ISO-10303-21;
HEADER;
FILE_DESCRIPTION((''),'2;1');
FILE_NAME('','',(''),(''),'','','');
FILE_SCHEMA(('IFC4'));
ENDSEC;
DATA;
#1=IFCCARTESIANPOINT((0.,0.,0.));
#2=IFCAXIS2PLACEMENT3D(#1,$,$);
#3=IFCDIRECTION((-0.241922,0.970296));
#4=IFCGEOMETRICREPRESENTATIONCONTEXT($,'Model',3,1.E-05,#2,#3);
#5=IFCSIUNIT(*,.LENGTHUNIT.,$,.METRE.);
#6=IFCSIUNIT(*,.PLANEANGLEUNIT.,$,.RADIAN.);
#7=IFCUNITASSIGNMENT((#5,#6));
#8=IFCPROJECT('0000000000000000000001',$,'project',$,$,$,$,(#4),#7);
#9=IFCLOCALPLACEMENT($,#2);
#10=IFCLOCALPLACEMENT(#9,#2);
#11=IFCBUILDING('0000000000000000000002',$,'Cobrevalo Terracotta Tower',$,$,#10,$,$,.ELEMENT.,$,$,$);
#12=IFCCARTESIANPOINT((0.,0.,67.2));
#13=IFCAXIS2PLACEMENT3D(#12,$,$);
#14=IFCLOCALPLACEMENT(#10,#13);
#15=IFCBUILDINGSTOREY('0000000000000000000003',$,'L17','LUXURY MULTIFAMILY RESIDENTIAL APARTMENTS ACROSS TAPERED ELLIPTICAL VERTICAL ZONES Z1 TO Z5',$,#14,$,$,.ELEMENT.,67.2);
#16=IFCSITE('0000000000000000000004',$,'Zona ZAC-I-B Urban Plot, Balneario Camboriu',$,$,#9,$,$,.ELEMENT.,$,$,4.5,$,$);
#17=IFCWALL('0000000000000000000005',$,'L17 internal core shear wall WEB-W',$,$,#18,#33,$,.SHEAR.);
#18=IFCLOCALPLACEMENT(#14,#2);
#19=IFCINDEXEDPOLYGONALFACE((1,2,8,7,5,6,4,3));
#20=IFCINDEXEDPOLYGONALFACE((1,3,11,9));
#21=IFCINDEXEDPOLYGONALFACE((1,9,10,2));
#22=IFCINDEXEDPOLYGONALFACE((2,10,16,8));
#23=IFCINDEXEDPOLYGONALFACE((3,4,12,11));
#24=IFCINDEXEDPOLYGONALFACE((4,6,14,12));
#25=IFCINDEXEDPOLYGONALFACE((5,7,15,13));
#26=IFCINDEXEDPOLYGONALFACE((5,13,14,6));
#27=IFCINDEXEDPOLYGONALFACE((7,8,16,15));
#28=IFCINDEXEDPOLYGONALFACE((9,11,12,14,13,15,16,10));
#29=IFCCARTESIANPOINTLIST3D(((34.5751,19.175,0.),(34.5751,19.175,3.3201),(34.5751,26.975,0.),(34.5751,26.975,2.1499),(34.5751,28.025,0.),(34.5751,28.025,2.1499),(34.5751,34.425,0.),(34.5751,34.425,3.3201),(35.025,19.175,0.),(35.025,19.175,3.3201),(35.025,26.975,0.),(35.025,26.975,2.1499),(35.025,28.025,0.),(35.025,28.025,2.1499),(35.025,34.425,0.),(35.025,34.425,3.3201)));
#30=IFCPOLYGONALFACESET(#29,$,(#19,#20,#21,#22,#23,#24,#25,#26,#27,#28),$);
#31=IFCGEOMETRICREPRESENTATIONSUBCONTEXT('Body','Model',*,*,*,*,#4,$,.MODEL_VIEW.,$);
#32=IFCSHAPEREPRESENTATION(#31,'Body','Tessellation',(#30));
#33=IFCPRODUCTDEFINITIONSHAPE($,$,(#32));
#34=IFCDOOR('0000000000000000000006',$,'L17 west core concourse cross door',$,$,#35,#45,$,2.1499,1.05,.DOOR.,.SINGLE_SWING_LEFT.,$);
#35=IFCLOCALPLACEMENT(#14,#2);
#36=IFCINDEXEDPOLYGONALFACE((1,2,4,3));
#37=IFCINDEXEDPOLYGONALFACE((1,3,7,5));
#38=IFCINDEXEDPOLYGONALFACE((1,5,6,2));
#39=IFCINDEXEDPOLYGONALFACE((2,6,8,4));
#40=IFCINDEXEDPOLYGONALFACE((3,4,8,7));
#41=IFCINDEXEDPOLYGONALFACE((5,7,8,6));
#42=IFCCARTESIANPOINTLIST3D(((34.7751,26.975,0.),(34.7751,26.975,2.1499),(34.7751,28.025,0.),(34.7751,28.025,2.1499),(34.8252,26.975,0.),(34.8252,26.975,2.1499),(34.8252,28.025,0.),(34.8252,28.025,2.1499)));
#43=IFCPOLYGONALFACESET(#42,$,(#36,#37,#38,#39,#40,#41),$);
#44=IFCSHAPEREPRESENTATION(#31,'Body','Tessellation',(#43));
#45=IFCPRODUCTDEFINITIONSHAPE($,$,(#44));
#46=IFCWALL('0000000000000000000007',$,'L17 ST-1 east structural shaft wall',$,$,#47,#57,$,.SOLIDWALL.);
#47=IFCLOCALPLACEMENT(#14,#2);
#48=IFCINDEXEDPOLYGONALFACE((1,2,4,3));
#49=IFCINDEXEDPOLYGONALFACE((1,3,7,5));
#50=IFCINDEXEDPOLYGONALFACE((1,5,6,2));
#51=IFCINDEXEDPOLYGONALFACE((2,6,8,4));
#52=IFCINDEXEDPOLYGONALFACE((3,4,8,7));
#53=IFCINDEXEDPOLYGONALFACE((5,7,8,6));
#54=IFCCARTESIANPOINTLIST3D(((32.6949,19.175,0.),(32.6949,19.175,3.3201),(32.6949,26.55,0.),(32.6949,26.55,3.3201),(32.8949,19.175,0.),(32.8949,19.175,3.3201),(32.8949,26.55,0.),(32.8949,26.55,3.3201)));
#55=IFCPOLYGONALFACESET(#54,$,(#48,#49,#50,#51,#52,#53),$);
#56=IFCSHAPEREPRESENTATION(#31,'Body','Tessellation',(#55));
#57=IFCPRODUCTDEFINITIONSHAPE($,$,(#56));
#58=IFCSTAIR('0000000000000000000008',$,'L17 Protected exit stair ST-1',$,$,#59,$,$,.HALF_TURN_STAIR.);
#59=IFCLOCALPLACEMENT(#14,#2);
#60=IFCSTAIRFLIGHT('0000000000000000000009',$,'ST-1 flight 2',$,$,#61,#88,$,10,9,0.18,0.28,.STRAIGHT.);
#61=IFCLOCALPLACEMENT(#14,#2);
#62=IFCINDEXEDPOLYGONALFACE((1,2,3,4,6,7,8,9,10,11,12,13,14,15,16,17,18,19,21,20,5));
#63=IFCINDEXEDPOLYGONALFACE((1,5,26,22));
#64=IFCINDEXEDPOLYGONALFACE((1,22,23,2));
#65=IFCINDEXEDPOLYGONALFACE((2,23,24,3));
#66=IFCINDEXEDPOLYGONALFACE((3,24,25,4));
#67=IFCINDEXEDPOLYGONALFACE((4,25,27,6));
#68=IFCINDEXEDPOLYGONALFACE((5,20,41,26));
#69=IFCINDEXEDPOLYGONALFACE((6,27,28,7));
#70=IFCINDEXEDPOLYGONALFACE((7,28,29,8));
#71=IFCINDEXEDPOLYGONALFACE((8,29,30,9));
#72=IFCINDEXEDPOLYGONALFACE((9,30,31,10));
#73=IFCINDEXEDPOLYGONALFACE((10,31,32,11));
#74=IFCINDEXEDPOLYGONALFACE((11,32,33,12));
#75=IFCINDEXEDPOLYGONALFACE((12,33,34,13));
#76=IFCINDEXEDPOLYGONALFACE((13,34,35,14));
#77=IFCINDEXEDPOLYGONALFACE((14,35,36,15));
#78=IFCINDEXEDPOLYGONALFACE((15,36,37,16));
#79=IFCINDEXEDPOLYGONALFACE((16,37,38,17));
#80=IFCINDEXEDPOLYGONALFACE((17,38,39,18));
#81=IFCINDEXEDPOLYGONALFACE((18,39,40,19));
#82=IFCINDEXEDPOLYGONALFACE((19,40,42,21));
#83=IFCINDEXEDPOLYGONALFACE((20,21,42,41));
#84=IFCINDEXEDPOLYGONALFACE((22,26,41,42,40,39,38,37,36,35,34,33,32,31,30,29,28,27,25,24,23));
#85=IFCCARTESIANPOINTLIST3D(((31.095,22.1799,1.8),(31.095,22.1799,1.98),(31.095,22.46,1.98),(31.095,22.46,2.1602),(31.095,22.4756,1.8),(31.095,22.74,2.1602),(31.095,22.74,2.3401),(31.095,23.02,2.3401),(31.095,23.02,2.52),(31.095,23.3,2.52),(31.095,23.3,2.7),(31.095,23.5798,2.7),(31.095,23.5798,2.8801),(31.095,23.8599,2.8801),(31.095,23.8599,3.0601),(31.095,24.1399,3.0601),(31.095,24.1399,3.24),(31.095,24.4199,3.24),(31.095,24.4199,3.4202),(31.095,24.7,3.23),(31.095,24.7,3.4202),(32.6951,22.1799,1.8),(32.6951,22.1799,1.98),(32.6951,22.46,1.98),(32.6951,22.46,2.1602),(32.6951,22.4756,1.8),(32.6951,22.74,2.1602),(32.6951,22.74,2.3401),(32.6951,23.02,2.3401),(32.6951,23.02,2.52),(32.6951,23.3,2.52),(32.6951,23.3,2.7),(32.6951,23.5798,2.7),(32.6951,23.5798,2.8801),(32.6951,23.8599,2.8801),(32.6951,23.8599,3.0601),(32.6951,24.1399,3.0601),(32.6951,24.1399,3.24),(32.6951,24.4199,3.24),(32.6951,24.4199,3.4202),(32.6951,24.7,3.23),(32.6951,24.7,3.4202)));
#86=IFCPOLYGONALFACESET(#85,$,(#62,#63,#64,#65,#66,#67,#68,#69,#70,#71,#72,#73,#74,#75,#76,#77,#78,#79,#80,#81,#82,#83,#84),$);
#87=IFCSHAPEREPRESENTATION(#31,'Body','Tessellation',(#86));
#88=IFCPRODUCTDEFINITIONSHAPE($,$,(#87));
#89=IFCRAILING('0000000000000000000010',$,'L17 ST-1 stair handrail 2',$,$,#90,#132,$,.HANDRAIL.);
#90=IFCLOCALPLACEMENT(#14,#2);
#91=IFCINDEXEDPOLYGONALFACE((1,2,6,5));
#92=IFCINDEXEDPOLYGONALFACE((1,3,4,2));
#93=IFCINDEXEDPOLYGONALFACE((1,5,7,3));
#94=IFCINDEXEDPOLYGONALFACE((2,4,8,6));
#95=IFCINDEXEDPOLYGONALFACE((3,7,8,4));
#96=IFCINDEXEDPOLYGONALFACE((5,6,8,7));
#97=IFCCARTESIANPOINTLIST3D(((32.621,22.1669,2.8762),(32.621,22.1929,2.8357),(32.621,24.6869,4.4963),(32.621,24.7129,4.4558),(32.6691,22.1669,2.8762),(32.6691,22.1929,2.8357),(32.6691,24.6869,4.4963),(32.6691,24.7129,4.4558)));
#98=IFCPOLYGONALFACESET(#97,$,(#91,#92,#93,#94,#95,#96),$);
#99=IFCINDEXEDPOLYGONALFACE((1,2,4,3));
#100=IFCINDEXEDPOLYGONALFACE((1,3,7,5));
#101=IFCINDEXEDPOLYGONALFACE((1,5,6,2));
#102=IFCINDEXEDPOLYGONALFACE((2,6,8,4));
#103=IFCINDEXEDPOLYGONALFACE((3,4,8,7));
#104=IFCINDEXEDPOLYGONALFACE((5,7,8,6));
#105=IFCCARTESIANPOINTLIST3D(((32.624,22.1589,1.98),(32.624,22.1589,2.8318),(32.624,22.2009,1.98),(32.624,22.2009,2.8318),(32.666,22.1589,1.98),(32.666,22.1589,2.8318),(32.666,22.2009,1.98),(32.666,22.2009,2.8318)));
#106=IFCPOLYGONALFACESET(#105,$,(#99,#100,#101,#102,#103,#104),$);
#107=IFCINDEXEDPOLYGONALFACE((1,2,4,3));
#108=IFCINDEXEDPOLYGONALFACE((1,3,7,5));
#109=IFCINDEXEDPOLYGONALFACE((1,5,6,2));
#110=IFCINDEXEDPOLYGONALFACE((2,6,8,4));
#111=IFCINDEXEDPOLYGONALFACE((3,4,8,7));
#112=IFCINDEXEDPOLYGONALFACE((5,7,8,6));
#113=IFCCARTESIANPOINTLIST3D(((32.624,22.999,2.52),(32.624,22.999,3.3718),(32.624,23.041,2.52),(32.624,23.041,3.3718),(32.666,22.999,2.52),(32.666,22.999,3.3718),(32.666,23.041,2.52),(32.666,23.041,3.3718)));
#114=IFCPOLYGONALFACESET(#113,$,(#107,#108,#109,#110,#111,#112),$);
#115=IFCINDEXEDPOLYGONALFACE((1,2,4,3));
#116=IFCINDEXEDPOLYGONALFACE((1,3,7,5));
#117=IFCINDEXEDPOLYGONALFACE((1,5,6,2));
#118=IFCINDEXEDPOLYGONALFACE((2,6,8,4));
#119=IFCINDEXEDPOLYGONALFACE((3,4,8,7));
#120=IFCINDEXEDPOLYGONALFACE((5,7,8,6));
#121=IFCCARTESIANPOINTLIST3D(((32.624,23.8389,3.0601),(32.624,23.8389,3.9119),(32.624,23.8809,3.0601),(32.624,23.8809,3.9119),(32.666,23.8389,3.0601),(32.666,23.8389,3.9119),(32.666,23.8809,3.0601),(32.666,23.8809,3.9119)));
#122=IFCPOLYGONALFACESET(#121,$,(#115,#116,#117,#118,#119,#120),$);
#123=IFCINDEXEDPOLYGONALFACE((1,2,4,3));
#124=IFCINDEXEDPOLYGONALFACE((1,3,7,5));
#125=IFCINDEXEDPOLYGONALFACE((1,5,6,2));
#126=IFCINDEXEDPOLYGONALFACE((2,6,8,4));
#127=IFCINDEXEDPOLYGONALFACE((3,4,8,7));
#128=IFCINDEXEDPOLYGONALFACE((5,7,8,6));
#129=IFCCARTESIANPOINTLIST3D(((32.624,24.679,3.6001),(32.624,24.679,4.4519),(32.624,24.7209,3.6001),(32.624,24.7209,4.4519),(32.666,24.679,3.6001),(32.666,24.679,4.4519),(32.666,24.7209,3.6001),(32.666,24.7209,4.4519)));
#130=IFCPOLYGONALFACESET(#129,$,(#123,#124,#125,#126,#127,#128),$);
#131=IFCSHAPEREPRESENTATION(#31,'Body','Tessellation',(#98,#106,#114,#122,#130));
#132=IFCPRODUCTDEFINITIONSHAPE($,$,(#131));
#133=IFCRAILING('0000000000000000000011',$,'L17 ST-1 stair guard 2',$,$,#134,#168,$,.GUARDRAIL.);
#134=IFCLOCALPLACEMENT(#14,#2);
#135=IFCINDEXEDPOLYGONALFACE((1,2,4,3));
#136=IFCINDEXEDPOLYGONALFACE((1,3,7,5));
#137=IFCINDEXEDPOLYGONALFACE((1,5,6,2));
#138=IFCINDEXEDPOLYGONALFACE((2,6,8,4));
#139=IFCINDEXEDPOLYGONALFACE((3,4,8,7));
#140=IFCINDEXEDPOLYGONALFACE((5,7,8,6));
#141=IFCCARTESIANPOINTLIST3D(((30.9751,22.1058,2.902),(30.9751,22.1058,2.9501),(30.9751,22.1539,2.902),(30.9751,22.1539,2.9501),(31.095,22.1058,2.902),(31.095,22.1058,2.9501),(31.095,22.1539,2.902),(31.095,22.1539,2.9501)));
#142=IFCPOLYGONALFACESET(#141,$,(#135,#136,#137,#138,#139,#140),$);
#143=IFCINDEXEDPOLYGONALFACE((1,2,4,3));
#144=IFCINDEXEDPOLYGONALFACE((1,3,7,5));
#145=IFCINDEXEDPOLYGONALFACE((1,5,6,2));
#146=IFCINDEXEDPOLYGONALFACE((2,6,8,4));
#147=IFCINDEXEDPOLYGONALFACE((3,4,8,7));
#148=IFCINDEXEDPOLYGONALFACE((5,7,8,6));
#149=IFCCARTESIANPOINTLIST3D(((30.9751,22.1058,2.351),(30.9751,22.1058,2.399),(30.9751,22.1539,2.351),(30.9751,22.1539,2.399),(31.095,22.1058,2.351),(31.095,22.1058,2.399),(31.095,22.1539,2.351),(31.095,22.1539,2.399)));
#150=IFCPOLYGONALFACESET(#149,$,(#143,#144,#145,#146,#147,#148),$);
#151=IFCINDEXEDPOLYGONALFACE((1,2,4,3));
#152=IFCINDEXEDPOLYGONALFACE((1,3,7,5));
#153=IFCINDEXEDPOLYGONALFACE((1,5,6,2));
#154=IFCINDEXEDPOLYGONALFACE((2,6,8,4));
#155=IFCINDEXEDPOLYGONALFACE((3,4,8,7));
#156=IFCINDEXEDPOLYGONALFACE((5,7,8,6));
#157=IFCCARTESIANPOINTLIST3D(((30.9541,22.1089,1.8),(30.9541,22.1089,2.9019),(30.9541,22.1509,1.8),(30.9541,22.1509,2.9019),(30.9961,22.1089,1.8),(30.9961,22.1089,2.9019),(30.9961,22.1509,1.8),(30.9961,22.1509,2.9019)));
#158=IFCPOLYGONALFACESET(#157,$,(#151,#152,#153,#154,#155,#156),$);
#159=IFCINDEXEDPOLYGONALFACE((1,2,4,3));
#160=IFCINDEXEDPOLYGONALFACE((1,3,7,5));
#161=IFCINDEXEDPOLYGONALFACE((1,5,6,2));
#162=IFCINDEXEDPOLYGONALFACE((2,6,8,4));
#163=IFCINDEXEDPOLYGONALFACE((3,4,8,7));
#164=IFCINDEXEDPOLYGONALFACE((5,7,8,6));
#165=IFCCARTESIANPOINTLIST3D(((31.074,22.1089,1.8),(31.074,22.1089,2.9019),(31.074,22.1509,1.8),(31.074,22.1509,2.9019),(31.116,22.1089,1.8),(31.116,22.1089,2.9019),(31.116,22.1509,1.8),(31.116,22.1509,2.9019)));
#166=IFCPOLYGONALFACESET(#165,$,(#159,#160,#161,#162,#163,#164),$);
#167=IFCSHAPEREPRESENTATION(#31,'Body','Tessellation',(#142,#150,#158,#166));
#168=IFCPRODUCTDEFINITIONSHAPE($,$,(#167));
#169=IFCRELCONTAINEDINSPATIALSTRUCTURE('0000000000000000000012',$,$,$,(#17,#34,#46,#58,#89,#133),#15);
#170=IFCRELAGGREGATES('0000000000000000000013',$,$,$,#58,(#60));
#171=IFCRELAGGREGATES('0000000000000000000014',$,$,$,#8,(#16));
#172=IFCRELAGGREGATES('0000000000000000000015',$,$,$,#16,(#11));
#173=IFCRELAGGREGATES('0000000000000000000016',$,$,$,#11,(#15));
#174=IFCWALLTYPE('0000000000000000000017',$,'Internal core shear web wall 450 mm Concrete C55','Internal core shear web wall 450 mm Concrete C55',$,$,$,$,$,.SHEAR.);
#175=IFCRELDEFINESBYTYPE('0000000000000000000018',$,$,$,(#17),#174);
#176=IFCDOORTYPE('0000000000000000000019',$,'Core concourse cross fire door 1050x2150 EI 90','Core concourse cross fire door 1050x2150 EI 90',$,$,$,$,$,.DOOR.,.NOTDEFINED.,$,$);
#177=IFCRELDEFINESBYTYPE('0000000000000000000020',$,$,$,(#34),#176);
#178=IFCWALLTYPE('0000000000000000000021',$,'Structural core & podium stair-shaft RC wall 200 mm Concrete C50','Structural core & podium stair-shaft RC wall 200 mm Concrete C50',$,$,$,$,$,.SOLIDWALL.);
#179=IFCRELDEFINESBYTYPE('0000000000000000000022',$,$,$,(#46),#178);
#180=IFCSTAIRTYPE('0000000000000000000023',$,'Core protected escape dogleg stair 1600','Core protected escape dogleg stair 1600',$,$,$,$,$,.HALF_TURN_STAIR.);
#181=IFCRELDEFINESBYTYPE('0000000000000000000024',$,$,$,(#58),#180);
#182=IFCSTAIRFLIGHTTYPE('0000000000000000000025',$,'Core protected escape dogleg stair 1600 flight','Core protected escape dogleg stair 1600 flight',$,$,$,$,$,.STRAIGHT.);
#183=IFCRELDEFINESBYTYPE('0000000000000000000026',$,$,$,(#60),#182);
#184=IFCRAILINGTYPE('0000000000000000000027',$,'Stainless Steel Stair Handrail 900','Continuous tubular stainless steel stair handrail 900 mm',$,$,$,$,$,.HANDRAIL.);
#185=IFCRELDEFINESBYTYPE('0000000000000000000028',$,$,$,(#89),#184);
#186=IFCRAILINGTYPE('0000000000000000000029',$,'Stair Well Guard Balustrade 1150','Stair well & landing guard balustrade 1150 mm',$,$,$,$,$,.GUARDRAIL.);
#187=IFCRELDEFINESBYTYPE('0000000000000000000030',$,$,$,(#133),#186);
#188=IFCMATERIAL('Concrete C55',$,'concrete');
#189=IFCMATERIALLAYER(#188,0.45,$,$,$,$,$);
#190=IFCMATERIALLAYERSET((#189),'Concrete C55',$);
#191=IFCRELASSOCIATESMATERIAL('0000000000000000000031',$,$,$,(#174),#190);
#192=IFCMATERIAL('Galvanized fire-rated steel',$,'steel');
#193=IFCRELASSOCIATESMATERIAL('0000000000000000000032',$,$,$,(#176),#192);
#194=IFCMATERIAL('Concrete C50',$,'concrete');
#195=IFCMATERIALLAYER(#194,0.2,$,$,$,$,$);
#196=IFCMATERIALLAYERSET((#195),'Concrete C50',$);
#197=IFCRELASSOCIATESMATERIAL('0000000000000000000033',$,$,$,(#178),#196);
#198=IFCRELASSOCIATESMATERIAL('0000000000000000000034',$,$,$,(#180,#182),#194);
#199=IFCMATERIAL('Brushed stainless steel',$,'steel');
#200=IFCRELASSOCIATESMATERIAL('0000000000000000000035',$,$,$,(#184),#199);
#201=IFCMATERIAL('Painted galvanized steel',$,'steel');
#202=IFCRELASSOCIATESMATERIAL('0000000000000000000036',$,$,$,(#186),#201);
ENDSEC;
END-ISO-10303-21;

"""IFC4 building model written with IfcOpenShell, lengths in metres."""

from ifc_helpers import new_model, si_unit, direction, frame, frame_2d, origin, origin_2d, place, context, subcontext, project, spatial, polyline, rectangle, outline, extrude, source, transform, mapped, material, layer, layer_set, type_object, element, fill, aggregate, save


model = new_model("IFC4")

# Units and contexts
model_context = context("Model", 3, precision=1e-05, world=origin(), true_north=direction((-0.241922, 0.970296)))
body_context = subcontext(model_context, "Body", "Model", "MODEL_VIEW")
ifc_project = project(units=[si_unit("LENGTHUNIT", "METRE"), si_unit("PLANEANGLEUNIT", "RADIAN")], contexts=[model_context])

# Site, building, storey
site_placement = place(None, origin())
site = spatial("IfcSite", under=ifc_project, at=site_placement, Name="Zona ZAC-I-B Urban Plot, Balneario Camboriu", CompositionType="ELEMENT", RefElevation=4.5)
building_placement = place(site_placement, origin())
building = spatial("IfcBuilding", under=site, at=building_placement, Name="Cobrevalo Terracotta Tower", CompositionType="ELEMENT")
storey_placement = place(building_placement, frame((0.0, 0.0, 67.2)))
storey = spatial("IfcBuildingStorey", under=building, at=storey_placement, Name="L17", Description="LUXURY MULTIFAMILY RESIDENTIAL APARTMENTS ACROSS TAPERED ELLIPTICAL VERTICAL ZONES Z1 TO Z5", CompositionType="ELEMENT", Elevation=67.2)

# Wall, opening, door
ifc_material_1 = material(Name="Concrete C55", Category="concrete")
ifc_layer_1 = layer(ifc_material_1, 0.45)
ifc_layer_set_1 = layer_set([ifc_layer_1], Name="Concrete C55")
wall_type_1 = type_object("IfcWallType", Name="Internal core shear web wall 450 mm Concrete C55", Description="Internal core shear web wall 450 mm Concrete C55", PredefinedType="SHEAR", material=ifc_layer_set_1)
wall_1_placement = place(storey_placement, frame((34.8, 19.175, 0.0), z_axis=(0.0, 0.0, 1.0), x_axis=(0.0, 1.0, 0.0)))
wall_1 = element("IfcWall", 1, at=wall_1_placement, inside=storey, type_object=wall_type_1, Name="L17 internal core shear wall WEB-W", PredefinedType="SHEAR", context=body_context, shape_type="SweptSolid", body=[
    extrude(rectangle(XDim=15.25, YDim=0.45, at=frame_2d((7.625, 0.0))), origin(), (0.0, 0.0, 1.0), 3.3201),
])
opening_placement = place(wall_1_placement, frame((7.8, 0.0, 0.0)))
opening = element("IfcOpeningElement", 2, at=opening_placement, cuts=wall_1, PredefinedType="OPENING", context=body_context, shape_type="SweptSolid", body=[
    extrude(rectangle(XDim=1.05, YDim=2.1499, at=frame_2d((0.5249, 1.075))), frame((0.0, 0.2349, 0.0), z_axis=(0.0, -1.0, 0.0), x_axis=(1.0, 0.0, 0.0)), (0.0, 0.0, 1.0), 0.47),
])
ifc_material_2 = material(Name="Galvanized fire-rated steel", Category="steel")
door_type = type_object("IfcDoorType", Name="Core concourse cross fire door 1050x2150 EI 90", Description="Core concourse cross fire door 1050x2150 EI 90", OperationType="NOTDEFINED", PredefinedType="DOOR", material=ifc_material_2)
shared_shape = source(origin(), body_context, "Body", "SweptSolid", [
    extrude(rectangle(XDim=1.05, YDim=2.1499, at=frame_2d((0.5249, 1.075))), frame((0.0, 0.0249, 0.0), z_axis=(0.0, -1.0, 0.0), x_axis=(1.0, 0.0, 0.0)), (0.0, 0.0, 1.0), 0.05),
])
door_placement = place(opening_placement, origin())
door = element("IfcDoor", 3, at=door_placement, inside=storey, type_object=door_type, Name="L17 west core concourse cross door", OperationType="SINGLE_SWING_LEFT", OverallHeight=2.1499, OverallWidth=1.05, PredefinedType="DOOR", context=body_context, shape_type="MappedRepresentation", body=[
    mapped(shared_shape, transform((0.0, 0.0, 0.0), scale=1.0)),
])
fill(opening, door)

# Wall
ifc_material_3 = material(Name="Concrete C50", Category="concrete")
ifc_layer_2 = layer(ifc_material_3, 0.2)
ifc_layer_set_2 = layer_set([ifc_layer_2], Name="Concrete C50")
wall_type_2 = type_object("IfcWallType", Name="Structural core & podium stair-shaft RC wall 200 mm Concrete C50", Description="Structural core & podium stair-shaft RC wall 200 mm Concrete C50", PredefinedType="SOLIDWALL", material=ifc_layer_set_2)
wall_2_placement = place(storey_placement, frame((32.7949, 19.175, 0.0), z_axis=(0.0, 0.0, 1.0), x_axis=(0.0, 1.0, 0.0)))
element("IfcWall", 4, at=wall_2_placement, inside=storey, type_object=wall_type_2, Name="L17 ST-1 east structural shaft wall", PredefinedType="SOLIDWALL", context=body_context, shape_type="SweptSolid", body=[
    extrude(rectangle(XDim=7.375, YDim=0.2, at=frame_2d((3.6875, 0.0))), origin(), (0.0, 0.0, 1.0), 3.3201),
])

# Stair, stair flight
stair_type = type_object("IfcStairType", Name="Core protected escape dogleg stair 1600", Description="Core protected escape dogleg stair 1600", PredefinedType="HALF_TURN_STAIR", material=ifc_material_3)
stair_placement = place(storey_placement, origin())
stair = element("IfcStair", 5, at=stair_placement, inside=storey, type_object=stair_type, Name="L17 Protected exit stair ST-1", PredefinedType="HALF_TURN_STAIR")
stair_flight_type = type_object("IfcStairFlightType", Name="Core protected escape dogleg stair 1600 flight", Description="Core protected escape dogleg stair 1600 flight", PredefinedType="STRAIGHT", material=ifc_material_3)
stair_flight_placement = place(storey_placement, frame((31.895, 22.1799, 1.8), z_axis=(0.0, 0.0, 1.0), x_axis=(0.0, 1.0, 0.0)))
stair_flight = element("IfcStairFlight", 6, at=stair_flight_placement, type_object=stair_flight_type, Name="ST-1 flight 2", NumberOfRisers=10, NumberOfTreads=9, PredefinedType="STRAIGHT", RiserHeight=0.18, TreadLength=0.28, context=body_context, shape_type="SweptSolid", body=[
    extrude(outline(polyline([(0.0, 0.0), (0.0, 0.1799), (0.28, 0.1799), (0.28, 0.3601), (0.5601, 0.3601), (0.5601, 0.54), (0.8401, 0.54), (0.8401, 0.72), (1.1201, 0.72), (1.1201, 0.8999), (1.3999, 0.8999), (1.3999, 1.0801), (1.6799, 1.0801), (1.6799, 1.26), (1.96, 1.26), (1.96, 1.4399), (2.24, 1.4399), (2.24, 1.6201), (2.52, 1.6201), (2.52, 1.8), (2.52, 1.4299), (0.2957, 0.0), (0.0, 0.0)])), frame((0.0, 0.8, 0.0), z_axis=(0.0, -1.0, 0.0), x_axis=(1.0, 0.0, 0.0)), (0.0, 0.0, 1.0), 1.6001),
])
aggregate(stair, [stair_flight])

# Railings
ifc_material_4 = material(Name="Brushed stainless steel", Category="steel")
railing_type_1 = type_object("IfcRailingType", Name="Stainless Steel Stair Handrail 900", Description="Continuous tubular stainless steel stair handrail 900 mm", PredefinedType="HANDRAIL", material=ifc_material_4)
railing_1_placement = place(storey_placement, frame((32.645, 22.1799, 1.98)))
element("IfcRailing", 7, at=railing_1_placement, inside=storey, type_object=railing_type_1, Name="L17 ST-1 stair handrail 2", PredefinedType="HANDRAIL", context=body_context, shape_type="SweptSolid", body=[
    extrude(rectangle(XDim=0.0481, YDim=0.0481, at=origin_2d()), frame((0.0, 0.0, 0.876), z_axis=(0.0, 0.841163, 0.540782), x_axis=(-1.0, 0.0, 0.0)), (0.0, 0.0, 1.0), 2.9958),
    extrude(rectangle(XDim=0.042, YDim=0.042, at=origin_2d()), origin(), (0.0, 0.0, 1.0), 0.8518),
    extrude(rectangle(XDim=0.042, YDim=0.042, at=origin_2d()), frame((0.0, 0.8401, 0.54)), (0.0, 0.0, 1.0), 0.8518),
    extrude(rectangle(XDim=0.042, YDim=0.042, at=origin_2d()), frame((0.0, 1.6799, 1.0801)), (0.0, 0.0, 1.0), 0.8518),
    extrude(rectangle(XDim=0.042, YDim=0.042, at=origin_2d()), frame((0.0, 2.52, 1.6201)), (0.0, 0.0, 1.0), 0.8518),
])
ifc_material_5 = material(Name="Painted galvanized steel", Category="steel")
railing_type_2 = type_object("IfcRailingType", Name="Stair Well Guard Balustrade 1150", Description="Stair well & landing guard balustrade 1150 mm", PredefinedType="GUARDRAIL", material=ifc_material_5)
railing_2_placement = place(storey_placement, frame((30.9751, 22.1299, 1.8)))
element("IfcRailing", 8, at=railing_2_placement, inside=storey, type_object=railing_type_2, Name="L17 ST-1 stair guard 2", PredefinedType="GUARDRAIL", context=body_context, shape_type="SweptSolid", body=[
    extrude(rectangle(XDim=0.0481, YDim=0.0481, at=origin_2d()), frame((0.0, 0.0, 1.126), z_axis=(1.0, 0.0, 0.0), x_axis=(0.0, 1.0, 0.0)), (0.0, 0.0, 1.0), 0.1199),
    extrude(rectangle(XDim=0.0481, YDim=0.0481, at=origin_2d()), frame((0.0, 0.0, 0.575), z_axis=(1.0, 0.0, 0.0), x_axis=(0.0, 1.0, 0.0)), (0.0, 0.0, 1.0), 0.1199),
    extrude(rectangle(XDim=0.042, YDim=0.042, at=origin_2d()), origin(), (0.0, 0.0, 1.0), 1.1018),
    extrude(rectangle(XDim=0.042, YDim=0.042, at=origin_2d()), frame((0.1199, 0.0, 0.0)), (0.0, 0.0, 1.0), 1.1018),
])

save(model, "model.ifc")
